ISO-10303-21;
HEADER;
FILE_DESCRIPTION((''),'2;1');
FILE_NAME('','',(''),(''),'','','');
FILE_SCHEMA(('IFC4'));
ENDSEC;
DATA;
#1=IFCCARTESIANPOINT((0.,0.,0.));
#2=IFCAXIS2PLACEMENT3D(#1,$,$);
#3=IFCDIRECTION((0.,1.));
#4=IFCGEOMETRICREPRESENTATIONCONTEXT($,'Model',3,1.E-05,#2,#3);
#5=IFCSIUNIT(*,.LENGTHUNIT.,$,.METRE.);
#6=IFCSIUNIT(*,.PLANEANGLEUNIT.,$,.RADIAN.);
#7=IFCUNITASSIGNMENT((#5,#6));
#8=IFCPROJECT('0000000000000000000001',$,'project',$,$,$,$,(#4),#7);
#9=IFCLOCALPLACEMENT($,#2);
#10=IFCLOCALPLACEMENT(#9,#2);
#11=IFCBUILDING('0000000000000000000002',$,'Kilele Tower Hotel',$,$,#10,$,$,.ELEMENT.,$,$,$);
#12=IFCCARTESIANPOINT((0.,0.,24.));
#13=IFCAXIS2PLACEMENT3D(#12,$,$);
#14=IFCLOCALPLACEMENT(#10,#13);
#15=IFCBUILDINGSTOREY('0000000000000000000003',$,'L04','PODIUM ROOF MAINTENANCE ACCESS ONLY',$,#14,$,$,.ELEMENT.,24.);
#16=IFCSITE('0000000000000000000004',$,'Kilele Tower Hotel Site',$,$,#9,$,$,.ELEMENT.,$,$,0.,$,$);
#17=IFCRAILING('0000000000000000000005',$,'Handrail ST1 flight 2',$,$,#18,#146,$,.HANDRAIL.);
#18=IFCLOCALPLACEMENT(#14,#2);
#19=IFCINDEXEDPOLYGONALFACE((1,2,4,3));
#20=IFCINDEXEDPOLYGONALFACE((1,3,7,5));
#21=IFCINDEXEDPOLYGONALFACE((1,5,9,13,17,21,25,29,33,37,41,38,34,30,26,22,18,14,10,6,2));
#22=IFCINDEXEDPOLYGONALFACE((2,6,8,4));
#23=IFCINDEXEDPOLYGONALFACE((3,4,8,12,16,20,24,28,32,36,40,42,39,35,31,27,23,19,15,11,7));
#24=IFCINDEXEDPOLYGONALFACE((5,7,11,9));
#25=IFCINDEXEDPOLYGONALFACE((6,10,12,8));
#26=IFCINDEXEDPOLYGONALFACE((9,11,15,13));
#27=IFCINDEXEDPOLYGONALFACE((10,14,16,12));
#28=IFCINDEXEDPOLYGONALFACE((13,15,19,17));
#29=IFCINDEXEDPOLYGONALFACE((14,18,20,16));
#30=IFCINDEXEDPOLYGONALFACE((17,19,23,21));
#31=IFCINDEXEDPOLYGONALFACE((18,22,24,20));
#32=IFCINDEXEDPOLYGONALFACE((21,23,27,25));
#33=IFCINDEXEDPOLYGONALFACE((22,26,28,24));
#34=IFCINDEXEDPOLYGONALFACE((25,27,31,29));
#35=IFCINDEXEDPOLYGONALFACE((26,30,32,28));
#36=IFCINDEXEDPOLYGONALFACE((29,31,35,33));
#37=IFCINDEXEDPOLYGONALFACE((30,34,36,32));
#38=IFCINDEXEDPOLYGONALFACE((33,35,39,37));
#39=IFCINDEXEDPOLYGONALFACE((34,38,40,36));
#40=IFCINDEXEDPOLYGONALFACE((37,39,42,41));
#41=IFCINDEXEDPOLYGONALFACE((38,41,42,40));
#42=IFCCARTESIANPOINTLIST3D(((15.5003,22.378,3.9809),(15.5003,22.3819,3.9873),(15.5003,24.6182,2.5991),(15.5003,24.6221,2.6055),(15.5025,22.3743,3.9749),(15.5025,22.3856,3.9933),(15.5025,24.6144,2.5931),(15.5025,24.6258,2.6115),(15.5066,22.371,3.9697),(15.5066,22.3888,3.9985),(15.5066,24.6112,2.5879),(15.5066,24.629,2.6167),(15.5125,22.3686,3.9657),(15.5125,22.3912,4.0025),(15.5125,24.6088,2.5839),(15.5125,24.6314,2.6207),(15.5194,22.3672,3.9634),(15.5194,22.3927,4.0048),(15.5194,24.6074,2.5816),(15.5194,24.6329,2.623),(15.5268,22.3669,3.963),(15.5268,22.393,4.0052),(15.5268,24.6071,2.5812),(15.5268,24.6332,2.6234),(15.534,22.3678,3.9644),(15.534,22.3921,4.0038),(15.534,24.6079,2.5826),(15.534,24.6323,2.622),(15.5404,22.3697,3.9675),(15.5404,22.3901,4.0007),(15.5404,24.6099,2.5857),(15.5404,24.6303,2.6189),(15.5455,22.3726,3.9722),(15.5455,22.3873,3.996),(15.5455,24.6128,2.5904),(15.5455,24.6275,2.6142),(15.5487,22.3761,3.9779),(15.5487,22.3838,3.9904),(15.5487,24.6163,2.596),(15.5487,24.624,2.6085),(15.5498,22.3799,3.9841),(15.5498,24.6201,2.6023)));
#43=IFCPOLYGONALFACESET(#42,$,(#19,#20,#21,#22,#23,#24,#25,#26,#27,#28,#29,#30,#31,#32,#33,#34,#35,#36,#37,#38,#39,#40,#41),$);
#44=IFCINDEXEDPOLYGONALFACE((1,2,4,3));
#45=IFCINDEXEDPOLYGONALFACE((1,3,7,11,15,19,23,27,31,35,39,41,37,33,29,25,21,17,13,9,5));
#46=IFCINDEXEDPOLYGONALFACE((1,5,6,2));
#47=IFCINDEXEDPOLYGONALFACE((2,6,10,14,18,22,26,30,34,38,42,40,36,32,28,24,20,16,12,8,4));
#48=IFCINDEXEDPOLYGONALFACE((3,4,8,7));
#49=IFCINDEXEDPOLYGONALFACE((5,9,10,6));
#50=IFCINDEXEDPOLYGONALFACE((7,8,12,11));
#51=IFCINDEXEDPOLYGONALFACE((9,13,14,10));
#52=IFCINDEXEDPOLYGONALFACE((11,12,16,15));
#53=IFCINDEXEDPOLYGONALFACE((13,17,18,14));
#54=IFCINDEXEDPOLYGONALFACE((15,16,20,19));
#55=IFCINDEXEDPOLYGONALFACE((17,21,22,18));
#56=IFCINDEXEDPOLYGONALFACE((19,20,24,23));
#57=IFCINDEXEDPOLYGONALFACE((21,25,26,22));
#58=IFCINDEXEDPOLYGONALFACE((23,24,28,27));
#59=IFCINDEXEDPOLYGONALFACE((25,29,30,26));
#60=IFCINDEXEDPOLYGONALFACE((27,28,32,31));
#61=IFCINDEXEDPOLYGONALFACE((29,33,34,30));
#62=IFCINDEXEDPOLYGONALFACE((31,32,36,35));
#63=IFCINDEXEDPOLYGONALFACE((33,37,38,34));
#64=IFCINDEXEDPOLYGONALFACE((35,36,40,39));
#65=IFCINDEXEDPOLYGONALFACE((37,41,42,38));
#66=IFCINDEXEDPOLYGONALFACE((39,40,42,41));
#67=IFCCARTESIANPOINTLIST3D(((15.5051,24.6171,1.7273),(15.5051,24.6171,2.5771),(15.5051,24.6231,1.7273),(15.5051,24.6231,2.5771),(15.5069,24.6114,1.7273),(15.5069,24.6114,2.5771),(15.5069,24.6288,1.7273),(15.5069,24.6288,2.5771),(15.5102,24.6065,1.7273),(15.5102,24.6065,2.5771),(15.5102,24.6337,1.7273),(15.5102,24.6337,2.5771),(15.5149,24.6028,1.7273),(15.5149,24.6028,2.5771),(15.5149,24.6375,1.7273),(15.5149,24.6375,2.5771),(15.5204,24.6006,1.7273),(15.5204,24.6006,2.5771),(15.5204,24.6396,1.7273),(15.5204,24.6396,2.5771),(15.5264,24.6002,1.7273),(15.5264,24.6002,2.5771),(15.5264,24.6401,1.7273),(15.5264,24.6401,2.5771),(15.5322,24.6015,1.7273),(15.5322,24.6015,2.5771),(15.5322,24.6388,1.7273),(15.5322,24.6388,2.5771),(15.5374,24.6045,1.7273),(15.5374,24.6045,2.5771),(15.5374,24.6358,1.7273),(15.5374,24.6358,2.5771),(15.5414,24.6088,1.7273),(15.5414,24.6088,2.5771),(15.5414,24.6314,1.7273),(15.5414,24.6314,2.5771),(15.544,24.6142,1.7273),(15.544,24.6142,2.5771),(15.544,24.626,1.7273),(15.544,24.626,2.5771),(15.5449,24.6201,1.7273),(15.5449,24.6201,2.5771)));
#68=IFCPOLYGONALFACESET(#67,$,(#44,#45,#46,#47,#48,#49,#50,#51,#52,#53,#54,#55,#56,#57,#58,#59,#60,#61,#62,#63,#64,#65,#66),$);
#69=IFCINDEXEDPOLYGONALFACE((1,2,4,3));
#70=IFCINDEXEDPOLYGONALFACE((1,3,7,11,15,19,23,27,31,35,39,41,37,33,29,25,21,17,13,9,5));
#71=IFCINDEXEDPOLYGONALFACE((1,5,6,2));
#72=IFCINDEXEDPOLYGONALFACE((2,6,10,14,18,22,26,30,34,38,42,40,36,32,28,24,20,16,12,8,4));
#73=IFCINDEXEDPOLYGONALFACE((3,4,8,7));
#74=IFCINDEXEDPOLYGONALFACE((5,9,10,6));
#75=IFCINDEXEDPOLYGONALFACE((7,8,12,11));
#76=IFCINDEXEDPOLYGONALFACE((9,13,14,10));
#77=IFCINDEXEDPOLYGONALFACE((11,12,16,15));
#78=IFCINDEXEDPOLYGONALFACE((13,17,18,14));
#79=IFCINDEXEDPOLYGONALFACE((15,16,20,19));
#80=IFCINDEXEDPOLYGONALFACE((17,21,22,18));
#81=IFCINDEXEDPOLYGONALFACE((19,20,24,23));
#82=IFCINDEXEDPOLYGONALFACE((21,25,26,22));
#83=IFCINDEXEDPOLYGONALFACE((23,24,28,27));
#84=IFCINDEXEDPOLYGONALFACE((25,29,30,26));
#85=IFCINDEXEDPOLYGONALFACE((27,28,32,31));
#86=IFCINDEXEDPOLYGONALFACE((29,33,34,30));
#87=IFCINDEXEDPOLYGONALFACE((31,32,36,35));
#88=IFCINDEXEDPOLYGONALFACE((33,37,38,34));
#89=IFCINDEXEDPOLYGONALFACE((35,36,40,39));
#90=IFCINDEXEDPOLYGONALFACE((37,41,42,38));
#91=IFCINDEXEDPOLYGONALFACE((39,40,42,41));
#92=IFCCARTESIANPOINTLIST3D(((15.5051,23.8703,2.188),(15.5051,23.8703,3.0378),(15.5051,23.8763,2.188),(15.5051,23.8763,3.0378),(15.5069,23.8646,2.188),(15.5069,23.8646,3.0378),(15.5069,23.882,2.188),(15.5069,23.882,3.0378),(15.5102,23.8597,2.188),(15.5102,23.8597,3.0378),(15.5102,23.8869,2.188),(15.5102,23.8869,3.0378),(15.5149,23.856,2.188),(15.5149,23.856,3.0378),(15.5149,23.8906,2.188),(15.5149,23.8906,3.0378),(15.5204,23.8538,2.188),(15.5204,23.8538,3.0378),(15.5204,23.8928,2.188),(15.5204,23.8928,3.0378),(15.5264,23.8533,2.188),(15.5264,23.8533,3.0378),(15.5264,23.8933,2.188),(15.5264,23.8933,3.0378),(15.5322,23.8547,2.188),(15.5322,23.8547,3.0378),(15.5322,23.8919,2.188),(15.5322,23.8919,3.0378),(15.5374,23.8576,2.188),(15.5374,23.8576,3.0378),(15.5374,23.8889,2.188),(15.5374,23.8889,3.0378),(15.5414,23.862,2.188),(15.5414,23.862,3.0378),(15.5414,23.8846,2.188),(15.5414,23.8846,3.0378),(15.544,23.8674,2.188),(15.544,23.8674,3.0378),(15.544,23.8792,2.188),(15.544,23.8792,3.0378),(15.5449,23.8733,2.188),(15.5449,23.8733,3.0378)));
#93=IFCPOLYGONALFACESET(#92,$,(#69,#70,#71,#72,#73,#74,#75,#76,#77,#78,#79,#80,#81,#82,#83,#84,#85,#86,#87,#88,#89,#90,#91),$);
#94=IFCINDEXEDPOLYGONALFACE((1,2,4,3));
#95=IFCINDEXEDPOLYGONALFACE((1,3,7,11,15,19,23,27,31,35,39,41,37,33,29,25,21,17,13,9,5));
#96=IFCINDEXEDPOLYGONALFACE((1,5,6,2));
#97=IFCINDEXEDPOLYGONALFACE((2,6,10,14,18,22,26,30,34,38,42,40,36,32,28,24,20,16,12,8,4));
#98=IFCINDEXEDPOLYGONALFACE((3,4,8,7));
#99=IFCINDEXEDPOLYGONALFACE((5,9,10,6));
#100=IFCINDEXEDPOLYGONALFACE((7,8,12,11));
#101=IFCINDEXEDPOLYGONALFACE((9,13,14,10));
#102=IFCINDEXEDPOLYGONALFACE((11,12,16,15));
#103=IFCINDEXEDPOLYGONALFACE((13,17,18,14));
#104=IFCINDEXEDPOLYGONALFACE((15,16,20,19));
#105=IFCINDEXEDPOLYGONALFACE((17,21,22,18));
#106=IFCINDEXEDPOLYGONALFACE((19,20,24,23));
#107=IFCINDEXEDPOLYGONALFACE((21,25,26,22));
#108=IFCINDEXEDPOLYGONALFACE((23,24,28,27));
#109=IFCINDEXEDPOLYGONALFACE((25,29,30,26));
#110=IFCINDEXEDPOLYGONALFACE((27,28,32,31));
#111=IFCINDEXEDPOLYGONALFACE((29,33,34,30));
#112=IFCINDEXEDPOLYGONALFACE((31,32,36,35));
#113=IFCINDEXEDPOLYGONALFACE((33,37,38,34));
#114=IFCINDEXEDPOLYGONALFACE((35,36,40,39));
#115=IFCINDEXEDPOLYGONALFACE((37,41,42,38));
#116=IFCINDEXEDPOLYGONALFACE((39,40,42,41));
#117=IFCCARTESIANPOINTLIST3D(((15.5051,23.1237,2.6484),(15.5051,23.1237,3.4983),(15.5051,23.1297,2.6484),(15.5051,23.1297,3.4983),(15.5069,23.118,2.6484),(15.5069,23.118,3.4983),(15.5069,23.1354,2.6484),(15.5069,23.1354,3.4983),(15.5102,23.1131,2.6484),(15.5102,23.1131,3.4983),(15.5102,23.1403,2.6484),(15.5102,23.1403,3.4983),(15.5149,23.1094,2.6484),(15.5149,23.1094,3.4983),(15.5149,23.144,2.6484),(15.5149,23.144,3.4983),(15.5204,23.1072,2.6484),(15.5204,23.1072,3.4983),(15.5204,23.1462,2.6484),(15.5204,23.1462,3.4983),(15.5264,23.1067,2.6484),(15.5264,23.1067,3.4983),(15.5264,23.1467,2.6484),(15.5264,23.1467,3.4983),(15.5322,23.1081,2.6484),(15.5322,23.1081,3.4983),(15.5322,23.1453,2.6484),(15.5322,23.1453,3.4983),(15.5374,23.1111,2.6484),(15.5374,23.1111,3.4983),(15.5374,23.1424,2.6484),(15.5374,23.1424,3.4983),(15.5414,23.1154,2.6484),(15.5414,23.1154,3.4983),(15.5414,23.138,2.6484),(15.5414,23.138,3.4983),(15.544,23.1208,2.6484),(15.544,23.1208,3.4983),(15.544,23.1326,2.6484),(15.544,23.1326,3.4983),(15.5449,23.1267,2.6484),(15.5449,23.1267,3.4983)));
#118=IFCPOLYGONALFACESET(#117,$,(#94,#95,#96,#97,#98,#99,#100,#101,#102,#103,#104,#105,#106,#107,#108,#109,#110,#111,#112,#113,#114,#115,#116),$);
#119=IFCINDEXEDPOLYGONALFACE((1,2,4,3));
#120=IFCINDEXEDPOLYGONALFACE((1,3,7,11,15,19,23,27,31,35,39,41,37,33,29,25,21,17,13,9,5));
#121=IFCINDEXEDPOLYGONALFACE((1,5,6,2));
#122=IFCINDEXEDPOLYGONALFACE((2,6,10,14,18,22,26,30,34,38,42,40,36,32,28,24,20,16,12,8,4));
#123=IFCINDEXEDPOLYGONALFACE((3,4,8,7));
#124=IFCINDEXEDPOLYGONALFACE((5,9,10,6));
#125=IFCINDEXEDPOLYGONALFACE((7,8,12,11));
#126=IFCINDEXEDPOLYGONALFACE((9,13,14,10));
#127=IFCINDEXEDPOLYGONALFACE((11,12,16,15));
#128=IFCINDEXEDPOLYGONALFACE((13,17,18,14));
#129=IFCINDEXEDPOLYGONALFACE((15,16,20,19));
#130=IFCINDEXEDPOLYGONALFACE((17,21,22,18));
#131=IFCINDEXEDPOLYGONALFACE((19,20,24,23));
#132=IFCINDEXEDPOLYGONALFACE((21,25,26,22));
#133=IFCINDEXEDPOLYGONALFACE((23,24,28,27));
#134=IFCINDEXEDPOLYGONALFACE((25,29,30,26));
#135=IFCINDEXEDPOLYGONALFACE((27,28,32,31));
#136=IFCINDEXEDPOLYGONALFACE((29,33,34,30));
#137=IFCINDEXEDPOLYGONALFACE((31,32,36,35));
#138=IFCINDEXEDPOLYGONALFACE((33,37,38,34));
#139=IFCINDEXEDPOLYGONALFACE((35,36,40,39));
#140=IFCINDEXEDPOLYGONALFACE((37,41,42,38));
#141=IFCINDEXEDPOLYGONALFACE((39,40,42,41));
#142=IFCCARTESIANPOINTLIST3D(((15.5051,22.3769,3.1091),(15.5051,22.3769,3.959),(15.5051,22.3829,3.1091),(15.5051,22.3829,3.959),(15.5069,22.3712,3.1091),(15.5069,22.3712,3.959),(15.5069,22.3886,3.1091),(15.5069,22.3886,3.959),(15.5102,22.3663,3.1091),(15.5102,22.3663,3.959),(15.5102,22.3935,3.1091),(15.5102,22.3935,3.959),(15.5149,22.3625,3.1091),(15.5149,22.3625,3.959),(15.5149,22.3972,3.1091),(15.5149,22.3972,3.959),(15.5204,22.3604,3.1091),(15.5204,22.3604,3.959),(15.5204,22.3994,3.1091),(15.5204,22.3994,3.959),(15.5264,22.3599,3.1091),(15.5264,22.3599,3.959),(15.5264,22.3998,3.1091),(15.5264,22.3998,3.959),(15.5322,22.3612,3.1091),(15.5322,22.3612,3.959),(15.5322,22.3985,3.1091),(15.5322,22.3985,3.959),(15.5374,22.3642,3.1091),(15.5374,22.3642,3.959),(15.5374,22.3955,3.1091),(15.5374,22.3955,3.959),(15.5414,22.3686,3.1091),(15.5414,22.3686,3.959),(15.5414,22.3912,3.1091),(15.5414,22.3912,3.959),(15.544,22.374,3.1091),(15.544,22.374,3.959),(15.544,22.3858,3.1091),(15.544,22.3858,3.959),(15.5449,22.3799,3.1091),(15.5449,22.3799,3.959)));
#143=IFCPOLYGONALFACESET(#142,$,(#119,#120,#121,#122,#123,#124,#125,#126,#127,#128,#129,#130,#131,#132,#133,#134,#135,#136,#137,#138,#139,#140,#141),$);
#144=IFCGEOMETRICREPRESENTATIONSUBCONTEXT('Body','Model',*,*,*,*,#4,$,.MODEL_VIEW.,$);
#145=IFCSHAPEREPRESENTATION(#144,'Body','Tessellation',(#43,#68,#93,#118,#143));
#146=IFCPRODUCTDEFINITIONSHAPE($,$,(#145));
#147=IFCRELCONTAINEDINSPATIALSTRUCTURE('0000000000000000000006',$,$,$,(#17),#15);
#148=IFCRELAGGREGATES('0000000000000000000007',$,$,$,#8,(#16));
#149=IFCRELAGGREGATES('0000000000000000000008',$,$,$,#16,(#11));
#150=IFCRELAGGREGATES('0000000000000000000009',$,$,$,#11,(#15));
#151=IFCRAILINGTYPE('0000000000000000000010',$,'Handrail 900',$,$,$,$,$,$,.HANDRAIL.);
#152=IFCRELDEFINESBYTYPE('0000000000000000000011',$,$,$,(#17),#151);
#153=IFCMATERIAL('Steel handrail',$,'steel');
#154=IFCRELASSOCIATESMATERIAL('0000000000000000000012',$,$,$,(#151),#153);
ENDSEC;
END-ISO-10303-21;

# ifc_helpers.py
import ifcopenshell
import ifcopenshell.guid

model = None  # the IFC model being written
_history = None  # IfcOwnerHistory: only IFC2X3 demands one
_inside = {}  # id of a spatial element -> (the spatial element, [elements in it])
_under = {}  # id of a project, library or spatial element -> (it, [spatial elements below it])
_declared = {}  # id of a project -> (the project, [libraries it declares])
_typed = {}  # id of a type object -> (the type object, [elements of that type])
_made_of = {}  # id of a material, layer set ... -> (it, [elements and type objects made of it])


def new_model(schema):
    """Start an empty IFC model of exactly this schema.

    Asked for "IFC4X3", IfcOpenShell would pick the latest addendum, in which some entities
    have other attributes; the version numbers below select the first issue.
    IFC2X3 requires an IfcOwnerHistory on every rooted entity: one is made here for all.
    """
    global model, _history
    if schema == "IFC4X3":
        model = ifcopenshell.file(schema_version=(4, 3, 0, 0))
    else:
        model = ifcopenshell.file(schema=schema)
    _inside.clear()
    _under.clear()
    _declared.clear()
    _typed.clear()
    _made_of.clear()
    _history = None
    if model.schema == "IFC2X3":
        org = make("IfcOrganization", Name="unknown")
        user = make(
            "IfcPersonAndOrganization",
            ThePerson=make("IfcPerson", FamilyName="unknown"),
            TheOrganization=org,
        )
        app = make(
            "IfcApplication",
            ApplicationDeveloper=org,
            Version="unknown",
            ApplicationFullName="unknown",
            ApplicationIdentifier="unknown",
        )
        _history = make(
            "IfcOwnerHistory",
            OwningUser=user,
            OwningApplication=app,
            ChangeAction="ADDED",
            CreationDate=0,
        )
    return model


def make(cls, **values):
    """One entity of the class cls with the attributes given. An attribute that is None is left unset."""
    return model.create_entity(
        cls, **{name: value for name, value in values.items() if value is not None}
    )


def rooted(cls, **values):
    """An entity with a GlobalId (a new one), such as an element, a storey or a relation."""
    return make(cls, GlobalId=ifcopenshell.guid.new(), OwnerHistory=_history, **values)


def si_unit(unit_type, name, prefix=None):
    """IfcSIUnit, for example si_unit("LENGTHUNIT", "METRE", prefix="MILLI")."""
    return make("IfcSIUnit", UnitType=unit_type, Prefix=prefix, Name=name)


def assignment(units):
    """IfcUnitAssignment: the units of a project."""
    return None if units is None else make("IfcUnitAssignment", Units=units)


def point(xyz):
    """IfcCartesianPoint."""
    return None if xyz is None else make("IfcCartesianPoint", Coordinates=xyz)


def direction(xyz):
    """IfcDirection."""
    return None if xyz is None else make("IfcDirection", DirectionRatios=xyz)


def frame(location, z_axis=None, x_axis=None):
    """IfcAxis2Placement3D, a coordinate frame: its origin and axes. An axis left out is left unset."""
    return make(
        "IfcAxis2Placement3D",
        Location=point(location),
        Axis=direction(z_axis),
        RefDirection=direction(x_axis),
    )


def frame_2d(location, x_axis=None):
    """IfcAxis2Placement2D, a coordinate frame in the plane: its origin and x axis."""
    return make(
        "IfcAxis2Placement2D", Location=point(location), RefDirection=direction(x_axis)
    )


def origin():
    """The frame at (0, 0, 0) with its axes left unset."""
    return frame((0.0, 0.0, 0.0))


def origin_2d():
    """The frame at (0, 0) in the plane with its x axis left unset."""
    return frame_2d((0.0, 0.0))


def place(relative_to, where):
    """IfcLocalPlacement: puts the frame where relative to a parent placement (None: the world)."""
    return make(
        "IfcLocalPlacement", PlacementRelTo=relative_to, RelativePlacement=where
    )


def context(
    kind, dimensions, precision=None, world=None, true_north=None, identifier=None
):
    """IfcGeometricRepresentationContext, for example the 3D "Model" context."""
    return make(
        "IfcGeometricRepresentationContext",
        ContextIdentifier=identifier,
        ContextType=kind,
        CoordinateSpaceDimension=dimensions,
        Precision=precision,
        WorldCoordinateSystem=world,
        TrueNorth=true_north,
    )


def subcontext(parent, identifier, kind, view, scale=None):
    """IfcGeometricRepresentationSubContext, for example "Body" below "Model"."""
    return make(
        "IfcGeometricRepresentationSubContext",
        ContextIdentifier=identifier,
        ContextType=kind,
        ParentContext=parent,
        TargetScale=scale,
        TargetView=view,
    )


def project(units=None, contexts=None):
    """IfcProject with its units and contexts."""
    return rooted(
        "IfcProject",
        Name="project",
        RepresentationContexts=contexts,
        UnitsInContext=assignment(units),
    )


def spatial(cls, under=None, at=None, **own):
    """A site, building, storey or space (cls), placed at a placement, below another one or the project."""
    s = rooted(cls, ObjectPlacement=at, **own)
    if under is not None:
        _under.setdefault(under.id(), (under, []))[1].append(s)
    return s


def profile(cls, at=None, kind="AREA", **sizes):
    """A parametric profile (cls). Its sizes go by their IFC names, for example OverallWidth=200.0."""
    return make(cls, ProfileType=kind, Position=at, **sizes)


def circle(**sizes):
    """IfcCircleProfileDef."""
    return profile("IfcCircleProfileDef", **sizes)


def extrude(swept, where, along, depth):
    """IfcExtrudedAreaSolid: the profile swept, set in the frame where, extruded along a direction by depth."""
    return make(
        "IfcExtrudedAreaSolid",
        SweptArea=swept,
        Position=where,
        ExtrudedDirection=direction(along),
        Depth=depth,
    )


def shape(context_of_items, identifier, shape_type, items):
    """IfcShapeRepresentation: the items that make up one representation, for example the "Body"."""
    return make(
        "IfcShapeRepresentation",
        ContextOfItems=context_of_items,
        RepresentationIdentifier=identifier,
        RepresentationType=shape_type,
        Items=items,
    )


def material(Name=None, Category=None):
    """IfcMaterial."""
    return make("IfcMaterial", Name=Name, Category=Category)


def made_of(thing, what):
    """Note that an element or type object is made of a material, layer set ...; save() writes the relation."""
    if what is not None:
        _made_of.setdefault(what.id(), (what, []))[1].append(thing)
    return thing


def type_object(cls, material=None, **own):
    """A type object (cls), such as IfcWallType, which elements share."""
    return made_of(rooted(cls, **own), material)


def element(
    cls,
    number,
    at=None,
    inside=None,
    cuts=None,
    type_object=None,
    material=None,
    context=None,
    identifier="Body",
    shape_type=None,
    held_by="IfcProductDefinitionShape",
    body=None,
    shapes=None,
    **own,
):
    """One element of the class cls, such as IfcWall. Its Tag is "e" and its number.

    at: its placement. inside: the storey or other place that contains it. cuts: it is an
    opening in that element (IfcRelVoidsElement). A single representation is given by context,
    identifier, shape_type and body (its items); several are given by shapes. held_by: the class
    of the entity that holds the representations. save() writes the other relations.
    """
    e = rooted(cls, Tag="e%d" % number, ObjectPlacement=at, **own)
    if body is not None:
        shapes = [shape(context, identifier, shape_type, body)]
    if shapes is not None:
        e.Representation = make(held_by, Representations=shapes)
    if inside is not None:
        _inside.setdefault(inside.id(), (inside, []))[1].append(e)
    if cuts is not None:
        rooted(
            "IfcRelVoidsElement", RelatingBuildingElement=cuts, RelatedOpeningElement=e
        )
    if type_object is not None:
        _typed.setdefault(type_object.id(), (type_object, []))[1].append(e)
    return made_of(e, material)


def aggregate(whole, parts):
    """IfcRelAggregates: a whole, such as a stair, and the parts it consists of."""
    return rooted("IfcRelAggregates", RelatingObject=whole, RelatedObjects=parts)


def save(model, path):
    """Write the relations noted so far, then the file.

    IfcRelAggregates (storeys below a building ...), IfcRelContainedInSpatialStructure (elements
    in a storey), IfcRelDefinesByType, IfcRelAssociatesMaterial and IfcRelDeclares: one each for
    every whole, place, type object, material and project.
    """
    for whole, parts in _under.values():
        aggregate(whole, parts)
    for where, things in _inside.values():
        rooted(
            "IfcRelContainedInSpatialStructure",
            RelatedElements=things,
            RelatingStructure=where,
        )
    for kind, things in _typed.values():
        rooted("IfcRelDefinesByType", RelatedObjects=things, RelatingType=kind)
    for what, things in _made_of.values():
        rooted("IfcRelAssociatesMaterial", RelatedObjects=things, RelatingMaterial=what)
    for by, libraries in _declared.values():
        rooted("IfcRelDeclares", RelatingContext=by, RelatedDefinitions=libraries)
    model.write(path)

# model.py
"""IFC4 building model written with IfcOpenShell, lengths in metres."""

from ifc_helpers import new_model, si_unit, direction, frame, origin, origin_2d, place, context, subcontext, project, spatial, circle, extrude, material, type_object, element, save


model = new_model("IFC4")

# Units and contexts
model_context = context("Model", 3, precision=1e-05, world=origin(), true_north=direction((0.0, 1.0)))
body_context = subcontext(model_context, "Body", "Model", "MODEL_VIEW")
ifc_project = project(units=[si_unit("LENGTHUNIT", "METRE"), si_unit("PLANEANGLEUNIT", "RADIAN")], contexts=[model_context])

# Site, building, storey
site_placement = place(None, origin())
site = spatial("IfcSite", under=ifc_project, at=site_placement, Name="Kilele Tower Hotel Site", CompositionType="ELEMENT", RefElevation=0.0)
building_placement = place(site_placement, origin())
building = spatial("IfcBuilding", under=site, at=building_placement, Name="Kilele Tower Hotel", CompositionType="ELEMENT")
storey_placement = place(building_placement, frame((0.0, 0.0, 24.0)))
storey = spatial("IfcBuildingStorey", under=building, at=storey_placement, Name="L04", Description="PODIUM ROOF MAINTENANCE ACCESS ONLY", CompositionType="ELEMENT", Elevation=24.0)

# Railing
ifc_material_1 = material(Name="Steel handrail", Category="steel")
railing_type_1 = type_object("IfcRailingType", Name="Handrail 900", PredefinedType="HANDRAIL", material=ifc_material_1)
for number, where, name in (
    (1, (15.5249, 24.6201, 1.7273), "Handrail ST1 flight 2"),
):
    element("IfcRailing", number, at=place(storey_placement, frame(where)), inside=storey, type_object=railing_type_1, Name=name, PredefinedType="HANDRAIL", context=body_context, shape_type="SweptSolid", body=[
        extrude(circle(Radius=0.0249, at=origin_2d()), frame((0.0, 0.0, 0.875), z_axis=(0.0, -0.85111, 0.524987), x_axis=(1.0, 0.0, 0.0)), (0.0, 0.0, 1.0), 2.6321),
        extrude(circle(Radius=0.02, at=origin_2d()), origin(), (0.0, 0.0, 1.0), 0.8499),
        extrude(circle(Radius=0.02, at=origin_2d()), frame((0.0, -0.7468, 0.4607)), (0.0, 0.0, 1.0), 0.8499),
        extrude(circle(Radius=0.02, at=origin_2d()), frame((0.0, -1.4934, 0.9211)), (0.0, 0.0, 1.0), 0.8499),
        extrude(circle(Radius=0.02, at=origin_2d()), frame((0.0, -2.2402, 1.3818)), (0.0, 0.0, 1.0), 0.8499),
    ])

save(model, "model.ifc")
